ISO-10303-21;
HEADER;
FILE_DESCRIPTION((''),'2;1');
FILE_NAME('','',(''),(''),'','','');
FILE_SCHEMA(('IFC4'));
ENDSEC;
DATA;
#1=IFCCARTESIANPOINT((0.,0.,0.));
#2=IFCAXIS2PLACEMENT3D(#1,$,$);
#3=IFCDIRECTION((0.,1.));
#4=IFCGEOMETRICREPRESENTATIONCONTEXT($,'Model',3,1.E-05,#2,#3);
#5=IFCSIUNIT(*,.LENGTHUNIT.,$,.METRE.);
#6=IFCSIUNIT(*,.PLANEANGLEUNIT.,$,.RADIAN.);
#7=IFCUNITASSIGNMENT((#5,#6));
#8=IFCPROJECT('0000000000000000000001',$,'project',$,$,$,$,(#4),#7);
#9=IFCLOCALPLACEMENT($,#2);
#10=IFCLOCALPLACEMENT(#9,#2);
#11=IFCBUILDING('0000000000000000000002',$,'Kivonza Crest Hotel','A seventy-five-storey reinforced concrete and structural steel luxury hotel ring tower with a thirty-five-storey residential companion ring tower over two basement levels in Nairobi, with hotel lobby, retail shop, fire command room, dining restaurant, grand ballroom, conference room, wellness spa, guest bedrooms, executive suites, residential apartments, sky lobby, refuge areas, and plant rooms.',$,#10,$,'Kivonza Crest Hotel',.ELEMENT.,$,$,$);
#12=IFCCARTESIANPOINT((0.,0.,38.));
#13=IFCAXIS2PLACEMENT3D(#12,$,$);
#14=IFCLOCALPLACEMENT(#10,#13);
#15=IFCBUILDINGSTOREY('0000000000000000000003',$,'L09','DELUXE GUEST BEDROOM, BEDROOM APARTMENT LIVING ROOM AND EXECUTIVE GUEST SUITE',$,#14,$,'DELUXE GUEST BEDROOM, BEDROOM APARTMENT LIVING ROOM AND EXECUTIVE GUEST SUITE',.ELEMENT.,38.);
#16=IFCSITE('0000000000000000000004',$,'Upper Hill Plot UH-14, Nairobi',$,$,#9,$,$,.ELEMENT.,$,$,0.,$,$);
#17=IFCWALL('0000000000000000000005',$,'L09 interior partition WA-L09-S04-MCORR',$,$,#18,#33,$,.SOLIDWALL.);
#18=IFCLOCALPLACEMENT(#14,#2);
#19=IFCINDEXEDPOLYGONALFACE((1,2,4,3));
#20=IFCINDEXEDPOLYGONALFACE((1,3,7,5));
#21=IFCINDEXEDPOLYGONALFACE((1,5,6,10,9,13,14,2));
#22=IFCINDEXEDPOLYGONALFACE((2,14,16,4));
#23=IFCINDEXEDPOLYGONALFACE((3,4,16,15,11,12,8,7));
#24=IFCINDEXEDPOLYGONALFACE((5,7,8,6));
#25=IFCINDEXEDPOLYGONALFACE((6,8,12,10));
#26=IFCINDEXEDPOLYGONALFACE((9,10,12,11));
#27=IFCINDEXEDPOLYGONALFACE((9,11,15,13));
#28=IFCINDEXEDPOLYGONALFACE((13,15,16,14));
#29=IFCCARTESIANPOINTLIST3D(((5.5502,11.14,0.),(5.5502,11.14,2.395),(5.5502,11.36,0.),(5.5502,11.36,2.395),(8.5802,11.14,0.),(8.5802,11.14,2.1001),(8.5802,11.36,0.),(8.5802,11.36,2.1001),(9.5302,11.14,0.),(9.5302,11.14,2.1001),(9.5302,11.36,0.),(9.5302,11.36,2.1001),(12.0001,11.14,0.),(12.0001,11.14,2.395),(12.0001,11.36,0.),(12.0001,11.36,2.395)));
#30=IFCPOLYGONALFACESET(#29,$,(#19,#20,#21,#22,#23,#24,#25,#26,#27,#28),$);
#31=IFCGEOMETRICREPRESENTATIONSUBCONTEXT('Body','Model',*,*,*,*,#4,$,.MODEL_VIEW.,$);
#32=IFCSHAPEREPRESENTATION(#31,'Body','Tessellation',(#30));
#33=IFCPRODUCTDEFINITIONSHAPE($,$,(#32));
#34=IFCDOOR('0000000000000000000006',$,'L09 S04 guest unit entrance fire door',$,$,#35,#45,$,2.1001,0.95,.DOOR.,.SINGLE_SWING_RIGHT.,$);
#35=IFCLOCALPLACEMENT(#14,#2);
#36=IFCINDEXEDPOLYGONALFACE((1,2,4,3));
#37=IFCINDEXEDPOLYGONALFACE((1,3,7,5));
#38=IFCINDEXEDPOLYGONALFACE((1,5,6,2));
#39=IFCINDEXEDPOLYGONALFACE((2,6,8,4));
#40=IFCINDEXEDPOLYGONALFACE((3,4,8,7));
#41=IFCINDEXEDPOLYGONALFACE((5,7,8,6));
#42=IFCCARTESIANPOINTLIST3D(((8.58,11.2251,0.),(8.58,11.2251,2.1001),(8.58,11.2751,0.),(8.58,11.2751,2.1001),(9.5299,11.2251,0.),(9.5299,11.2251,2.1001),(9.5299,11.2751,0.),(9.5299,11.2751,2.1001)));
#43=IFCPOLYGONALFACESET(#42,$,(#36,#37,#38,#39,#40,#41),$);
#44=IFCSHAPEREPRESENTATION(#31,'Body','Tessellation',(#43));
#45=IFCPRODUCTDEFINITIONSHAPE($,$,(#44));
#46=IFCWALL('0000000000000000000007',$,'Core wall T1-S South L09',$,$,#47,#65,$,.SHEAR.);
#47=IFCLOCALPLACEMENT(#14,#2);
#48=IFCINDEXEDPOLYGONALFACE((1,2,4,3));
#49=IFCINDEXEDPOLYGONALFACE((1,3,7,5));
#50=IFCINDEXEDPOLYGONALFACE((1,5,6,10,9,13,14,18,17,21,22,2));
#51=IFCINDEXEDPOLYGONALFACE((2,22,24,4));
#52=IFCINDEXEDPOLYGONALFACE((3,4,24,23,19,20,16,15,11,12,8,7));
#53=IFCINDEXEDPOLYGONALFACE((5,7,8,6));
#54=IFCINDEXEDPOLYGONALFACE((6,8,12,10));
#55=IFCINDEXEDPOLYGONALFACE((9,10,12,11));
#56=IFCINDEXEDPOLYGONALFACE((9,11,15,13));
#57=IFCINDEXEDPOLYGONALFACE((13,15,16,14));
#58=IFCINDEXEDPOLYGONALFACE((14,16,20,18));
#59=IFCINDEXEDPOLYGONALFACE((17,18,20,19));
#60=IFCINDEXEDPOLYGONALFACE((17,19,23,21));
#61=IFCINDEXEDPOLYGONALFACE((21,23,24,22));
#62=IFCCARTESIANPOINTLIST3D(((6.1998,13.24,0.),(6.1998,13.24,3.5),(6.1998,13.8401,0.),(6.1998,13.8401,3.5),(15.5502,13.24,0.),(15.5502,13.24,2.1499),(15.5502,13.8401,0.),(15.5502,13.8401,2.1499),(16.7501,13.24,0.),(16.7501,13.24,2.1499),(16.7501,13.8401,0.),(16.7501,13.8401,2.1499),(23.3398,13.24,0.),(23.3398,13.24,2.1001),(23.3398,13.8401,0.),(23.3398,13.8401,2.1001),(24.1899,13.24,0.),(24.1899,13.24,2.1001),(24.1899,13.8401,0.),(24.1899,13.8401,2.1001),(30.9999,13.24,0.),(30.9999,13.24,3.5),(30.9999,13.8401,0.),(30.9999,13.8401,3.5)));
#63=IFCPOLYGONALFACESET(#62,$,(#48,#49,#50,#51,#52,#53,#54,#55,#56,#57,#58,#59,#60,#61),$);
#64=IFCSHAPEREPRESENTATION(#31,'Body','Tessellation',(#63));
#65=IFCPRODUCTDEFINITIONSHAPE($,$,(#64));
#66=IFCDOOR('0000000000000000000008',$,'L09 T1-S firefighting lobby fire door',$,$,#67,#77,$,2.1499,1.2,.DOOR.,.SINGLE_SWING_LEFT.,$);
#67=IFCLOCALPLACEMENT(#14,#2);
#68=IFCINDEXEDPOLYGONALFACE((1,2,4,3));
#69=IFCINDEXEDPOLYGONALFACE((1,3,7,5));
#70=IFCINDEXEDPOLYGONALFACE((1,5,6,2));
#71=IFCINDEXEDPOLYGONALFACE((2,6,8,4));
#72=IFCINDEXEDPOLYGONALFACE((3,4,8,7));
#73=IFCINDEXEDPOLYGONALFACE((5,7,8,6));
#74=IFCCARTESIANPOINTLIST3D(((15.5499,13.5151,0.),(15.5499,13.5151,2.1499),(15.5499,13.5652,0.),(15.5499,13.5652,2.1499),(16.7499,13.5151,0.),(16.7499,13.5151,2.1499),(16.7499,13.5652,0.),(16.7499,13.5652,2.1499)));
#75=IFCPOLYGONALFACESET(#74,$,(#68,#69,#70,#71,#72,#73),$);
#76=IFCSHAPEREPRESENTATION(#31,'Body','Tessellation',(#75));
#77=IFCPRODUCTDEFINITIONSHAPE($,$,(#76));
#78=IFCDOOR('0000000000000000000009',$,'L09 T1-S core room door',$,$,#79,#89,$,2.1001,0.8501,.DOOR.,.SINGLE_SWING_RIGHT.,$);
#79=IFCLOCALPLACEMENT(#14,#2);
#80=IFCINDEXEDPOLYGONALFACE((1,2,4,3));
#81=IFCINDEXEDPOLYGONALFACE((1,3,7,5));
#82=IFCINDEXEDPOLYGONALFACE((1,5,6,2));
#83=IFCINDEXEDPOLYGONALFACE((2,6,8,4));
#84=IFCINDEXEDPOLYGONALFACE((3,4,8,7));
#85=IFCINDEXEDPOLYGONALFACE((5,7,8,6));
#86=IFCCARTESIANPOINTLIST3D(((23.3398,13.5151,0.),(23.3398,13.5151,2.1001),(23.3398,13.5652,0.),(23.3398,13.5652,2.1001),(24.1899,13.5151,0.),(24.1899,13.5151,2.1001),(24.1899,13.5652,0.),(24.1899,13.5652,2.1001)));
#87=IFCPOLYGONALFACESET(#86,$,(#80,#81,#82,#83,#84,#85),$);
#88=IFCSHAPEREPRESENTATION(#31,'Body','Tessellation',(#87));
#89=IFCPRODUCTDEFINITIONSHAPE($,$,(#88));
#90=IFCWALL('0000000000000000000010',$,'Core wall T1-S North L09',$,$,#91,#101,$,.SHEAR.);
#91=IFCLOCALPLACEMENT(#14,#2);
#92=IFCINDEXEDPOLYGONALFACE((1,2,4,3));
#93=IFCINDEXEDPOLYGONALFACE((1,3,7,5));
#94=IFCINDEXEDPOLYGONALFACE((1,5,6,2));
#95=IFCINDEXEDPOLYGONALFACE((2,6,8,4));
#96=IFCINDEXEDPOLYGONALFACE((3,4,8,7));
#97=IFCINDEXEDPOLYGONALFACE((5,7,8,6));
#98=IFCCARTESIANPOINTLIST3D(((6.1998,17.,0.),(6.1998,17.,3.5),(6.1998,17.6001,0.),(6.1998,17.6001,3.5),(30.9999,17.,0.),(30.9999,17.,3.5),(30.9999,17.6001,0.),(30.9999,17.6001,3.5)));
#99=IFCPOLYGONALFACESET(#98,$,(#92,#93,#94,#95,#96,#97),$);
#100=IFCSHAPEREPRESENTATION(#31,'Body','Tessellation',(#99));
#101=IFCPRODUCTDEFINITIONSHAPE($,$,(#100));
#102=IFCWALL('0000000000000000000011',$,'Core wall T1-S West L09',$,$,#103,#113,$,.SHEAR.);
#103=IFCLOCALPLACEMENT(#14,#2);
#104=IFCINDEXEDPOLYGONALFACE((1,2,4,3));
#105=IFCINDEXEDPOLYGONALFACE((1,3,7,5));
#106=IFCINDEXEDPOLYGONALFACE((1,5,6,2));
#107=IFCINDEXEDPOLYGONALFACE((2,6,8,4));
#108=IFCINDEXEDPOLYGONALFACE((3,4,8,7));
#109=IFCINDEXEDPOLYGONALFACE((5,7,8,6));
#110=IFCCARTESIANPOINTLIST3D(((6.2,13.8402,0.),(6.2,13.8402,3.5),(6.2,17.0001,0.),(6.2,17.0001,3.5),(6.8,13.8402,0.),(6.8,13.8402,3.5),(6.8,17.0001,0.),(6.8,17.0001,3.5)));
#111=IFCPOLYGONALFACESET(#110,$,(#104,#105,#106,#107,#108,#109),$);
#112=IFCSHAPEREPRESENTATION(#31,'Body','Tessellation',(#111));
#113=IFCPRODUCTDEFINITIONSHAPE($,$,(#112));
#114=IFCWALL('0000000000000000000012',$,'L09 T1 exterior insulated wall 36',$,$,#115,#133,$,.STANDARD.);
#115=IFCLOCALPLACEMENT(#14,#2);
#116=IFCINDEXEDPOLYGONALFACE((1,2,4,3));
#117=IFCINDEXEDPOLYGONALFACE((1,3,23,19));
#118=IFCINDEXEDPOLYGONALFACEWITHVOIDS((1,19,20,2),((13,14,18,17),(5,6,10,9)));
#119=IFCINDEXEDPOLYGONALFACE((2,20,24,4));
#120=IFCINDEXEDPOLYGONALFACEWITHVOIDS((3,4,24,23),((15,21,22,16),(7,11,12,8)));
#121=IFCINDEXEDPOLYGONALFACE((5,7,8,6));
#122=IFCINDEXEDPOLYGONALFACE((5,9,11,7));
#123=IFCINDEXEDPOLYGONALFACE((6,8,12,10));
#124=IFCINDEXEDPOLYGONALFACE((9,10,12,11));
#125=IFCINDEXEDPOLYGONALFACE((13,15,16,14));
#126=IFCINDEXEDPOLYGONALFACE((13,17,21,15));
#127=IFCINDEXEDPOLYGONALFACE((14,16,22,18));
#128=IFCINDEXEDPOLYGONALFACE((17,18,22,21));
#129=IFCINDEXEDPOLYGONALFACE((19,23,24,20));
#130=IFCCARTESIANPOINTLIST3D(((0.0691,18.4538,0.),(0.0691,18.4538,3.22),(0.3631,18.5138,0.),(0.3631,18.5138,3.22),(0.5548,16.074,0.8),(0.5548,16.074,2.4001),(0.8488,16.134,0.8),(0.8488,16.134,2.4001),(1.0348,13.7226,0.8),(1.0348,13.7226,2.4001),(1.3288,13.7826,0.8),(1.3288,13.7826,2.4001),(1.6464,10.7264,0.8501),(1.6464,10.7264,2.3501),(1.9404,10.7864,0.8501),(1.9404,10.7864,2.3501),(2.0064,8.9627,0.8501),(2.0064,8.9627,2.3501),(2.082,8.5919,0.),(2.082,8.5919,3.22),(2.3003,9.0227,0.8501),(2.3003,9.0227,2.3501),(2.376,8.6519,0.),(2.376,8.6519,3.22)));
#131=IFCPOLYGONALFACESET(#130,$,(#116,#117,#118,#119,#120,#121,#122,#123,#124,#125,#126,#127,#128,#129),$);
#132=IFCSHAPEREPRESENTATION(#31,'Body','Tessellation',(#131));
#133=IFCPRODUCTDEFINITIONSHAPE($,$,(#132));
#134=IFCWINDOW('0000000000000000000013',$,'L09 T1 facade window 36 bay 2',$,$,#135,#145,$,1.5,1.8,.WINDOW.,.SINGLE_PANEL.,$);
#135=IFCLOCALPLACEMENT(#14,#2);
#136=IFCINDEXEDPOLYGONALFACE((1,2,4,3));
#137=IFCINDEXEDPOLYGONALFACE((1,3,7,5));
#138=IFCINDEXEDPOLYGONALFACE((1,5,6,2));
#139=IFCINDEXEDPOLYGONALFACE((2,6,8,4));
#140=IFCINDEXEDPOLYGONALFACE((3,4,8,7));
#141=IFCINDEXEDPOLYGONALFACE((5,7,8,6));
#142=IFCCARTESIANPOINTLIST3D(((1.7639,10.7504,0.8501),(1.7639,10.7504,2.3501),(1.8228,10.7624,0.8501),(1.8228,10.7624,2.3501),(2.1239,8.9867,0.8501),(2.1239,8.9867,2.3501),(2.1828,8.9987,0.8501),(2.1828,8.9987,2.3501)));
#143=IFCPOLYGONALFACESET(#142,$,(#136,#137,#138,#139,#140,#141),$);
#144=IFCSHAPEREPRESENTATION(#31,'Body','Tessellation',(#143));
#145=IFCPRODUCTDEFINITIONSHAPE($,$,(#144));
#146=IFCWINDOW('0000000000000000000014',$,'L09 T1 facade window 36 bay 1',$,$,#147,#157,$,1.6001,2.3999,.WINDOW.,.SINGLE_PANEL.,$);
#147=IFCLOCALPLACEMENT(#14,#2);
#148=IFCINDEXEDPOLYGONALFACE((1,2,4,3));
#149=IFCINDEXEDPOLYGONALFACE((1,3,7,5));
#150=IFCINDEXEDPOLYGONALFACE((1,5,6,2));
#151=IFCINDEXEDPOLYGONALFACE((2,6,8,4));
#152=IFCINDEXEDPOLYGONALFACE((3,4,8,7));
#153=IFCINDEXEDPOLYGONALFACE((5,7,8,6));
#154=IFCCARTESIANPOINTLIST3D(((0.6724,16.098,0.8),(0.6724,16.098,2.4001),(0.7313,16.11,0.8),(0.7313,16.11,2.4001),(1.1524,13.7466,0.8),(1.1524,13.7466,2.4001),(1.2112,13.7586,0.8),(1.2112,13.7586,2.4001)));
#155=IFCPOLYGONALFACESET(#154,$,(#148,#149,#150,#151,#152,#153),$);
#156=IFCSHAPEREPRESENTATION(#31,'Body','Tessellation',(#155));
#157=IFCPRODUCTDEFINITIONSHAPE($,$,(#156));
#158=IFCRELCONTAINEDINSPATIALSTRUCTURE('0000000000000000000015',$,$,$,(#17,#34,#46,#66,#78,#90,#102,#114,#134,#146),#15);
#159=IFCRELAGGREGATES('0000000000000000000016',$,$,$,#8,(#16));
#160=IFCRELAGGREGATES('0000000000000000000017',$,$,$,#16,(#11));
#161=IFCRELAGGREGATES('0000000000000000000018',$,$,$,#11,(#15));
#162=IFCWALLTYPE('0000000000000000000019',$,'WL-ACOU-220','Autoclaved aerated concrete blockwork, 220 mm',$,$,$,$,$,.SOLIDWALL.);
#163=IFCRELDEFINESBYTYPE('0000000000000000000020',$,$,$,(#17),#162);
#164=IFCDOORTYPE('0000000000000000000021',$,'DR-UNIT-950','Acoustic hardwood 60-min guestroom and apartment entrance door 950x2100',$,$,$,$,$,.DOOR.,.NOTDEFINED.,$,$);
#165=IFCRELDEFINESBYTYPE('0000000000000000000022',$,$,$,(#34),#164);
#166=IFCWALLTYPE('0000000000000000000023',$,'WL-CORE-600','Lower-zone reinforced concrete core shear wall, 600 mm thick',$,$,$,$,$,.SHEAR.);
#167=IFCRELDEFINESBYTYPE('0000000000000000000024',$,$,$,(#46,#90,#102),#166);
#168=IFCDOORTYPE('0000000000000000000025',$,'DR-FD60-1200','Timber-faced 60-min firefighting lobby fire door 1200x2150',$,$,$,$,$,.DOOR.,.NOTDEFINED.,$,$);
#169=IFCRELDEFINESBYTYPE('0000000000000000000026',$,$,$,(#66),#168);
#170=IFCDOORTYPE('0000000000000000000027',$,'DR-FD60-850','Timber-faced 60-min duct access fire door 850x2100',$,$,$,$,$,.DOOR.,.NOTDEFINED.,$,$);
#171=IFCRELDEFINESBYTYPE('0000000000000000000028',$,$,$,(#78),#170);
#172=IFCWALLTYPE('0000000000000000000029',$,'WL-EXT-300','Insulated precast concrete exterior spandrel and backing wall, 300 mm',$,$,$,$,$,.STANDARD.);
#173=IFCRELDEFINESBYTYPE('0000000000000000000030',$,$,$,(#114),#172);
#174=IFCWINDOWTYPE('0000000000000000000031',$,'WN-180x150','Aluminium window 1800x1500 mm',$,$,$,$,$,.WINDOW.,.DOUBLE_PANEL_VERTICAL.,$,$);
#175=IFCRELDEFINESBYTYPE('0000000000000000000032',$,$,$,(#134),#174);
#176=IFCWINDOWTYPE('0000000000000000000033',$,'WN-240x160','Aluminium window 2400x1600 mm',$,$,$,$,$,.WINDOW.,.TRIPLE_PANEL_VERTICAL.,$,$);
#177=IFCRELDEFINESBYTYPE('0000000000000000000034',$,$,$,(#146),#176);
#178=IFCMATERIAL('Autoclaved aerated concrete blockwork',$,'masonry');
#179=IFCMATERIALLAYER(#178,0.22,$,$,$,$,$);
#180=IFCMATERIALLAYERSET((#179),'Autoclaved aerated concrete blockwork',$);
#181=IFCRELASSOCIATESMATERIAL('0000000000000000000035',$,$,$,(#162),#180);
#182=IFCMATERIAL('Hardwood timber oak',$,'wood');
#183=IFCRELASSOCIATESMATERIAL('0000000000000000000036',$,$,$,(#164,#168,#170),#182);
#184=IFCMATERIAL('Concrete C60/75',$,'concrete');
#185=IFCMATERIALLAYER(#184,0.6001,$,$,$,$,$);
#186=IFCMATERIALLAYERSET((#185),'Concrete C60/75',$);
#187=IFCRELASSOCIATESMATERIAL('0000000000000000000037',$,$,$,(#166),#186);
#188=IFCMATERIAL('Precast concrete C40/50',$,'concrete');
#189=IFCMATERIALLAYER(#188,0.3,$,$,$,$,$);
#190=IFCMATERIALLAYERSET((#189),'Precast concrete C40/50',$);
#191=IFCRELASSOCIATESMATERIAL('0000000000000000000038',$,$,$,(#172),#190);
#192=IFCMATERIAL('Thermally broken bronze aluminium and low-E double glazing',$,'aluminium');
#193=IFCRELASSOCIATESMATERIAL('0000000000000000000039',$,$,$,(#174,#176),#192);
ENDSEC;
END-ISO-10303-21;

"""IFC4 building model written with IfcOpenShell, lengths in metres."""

from ifc_helpers import new_model, si_unit, direction, frame, frame_2d, origin, place, context, subcontext, project, spatial, rectangle, extrude, material, layer, layer_set, type_object, element, fill, save


model = new_model("IFC4")

# Units and contexts
model_context = context("Model", 3, precision=1e-05, world=origin(), true_north=direction((0.0, 1.0)))
body_context = subcontext(model_context, "Body", "Model", "MODEL_VIEW")
ifc_project = project(units=[si_unit("LENGTHUNIT", "METRE"), si_unit("PLANEANGLEUNIT", "RADIAN")], contexts=[model_context])

# Site, building, storey
site_placement = place(None, origin())
site = spatial("IfcSite", under=ifc_project, at=site_placement, Name="Upper Hill Plot UH-14, Nairobi", CompositionType="ELEMENT", RefElevation=0.0)
building_placement = place(site_placement, origin())
building = spatial("IfcBuilding", under=site, at=building_placement, Name="Kivonza Crest Hotel", Description="A seventy-five-storey reinforced concrete and structural steel luxury hotel ring tower with a thirty-five-storey residential companion ring tower over two basement levels in Nairobi, with hotel lobby, retail shop, fire command room, dining restaurant, grand ballroom, conference room, wellness spa, guest bedrooms, executive suites, residential apartments, sky lobby, refuge areas, and plant rooms.", LongName="Kivonza Crest Hotel", CompositionType="ELEMENT")
storey_placement = place(building_placement, frame((0.0, 0.0, 38.0)))
storey = spatial("IfcBuildingStorey", under=building, at=storey_placement, Name="L09", Description="DELUXE GUEST BEDROOM, BEDROOM APARTMENT LIVING ROOM AND EXECUTIVE GUEST SUITE", LongName="DELUXE GUEST BEDROOM, BEDROOM APARTMENT LIVING ROOM AND EXECUTIVE GUEST SUITE", CompositionType="ELEMENT", Elevation=38.0)

# Shared definitions
ifc_material_1 = material(Name="Concrete C60/75", Category="concrete")

# Shared definitions
ifc_material_2 = material(Name="Autoclaved aerated concrete blockwork", Category="masonry")
ifc_layer_1 = layer(ifc_material_2, 0.22)
ifc_layer_set_1 = layer_set([ifc_layer_1], Name="Autoclaved aerated concrete blockwork")
wall_type_1 = type_object("IfcWallType", Name="WL-ACOU-220", Description="Autoclaved aerated concrete blockwork, 220 mm", PredefinedType="SOLIDWALL", material=ifc_layer_set_1)

# Wall, opening, door
wall_1_placement = place(storey_placement, frame((5.55, 11.25, 0.0), z_axis=(0.0, 0.0, 1.0), x_axis=(1.0, 0.0, 0.0)))
wall_1 = element("IfcWall", 1, at=wall_1_placement, inside=storey, type_object=wall_type_1, Name="L09 interior partition WA-L09-S04-MCORR", PredefinedType="SOLIDWALL", context=body_context, shape_type="SweptSolid", body=[
    extrude(rectangle(XDim=6.45, YDim=0.22, at=frame_2d((3.2251, 0.0))), origin(), (0.0, 0.0, 1.0), 2.395),
])
opening_1_placement = place(wall_1_placement, frame((3.03, 0.0, 0.0)))
opening_1 = element("IfcOpeningElement", 2, at=opening_1_placement, cuts=wall_1, PredefinedType="OPENING", context=body_context, shape_type="SweptSolid", body=[
    extrude(rectangle(XDim=0.95, YDim=2.1001, at=frame_2d((0.4751, 1.05))), frame((0.0, 0.1201, 0.0), z_axis=(0.0, -1.0, 0.0), x_axis=(1.0, 0.0, 0.0)), (0.0, 0.0, 1.0), 0.24),
])
ifc_material_3 = material(Name="Hardwood timber oak", Category="wood")
door_type_1 = type_object("IfcDoorType", Name="DR-UNIT-950", Description="Acoustic hardwood 60-min guestroom and apartment entrance door 950x2100", OperationType="NOTDEFINED", PredefinedType="DOOR", material=ifc_material_3)
door_1_placement = place(opening_1_placement, frame((0.95, 0.0, 0.0), z_axis=(0.0, 0.0, 1.0), x_axis=(-1.0, 0.0, 0.0)))
door_1 = element("IfcDoor", 3, at=door_1_placement, inside=storey, type_object=door_type_1, Name="L09 S04 guest unit entrance fire door", OperationType="SINGLE_SWING_RIGHT", OverallHeight=2.1001, OverallWidth=0.95, PredefinedType="DOOR", context=body_context, shape_type="SweptSolid", body=[
    extrude(rectangle(XDim=0.95, YDim=2.1001, at=frame_2d((0.4751, 1.05))), frame((0.0, 0.0249, 0.0), z_axis=(0.0, -1.0, 0.0), x_axis=(1.0, 0.0, 0.0)), (0.0, 0.0, 1.0), 0.05),
])
fill(opening_1, door_1)

# Wall, openings, doors
ifc_layer_2 = layer(ifc_material_1, 0.6001)
ifc_layer_set_2 = layer_set([ifc_layer_2], Name="Concrete C60/75")
wall_type_2 = type_object("IfcWallType", Name="WL-CORE-600", Description="Lower-zone reinforced concrete core shear wall, 600 mm thick", PredefinedType="SHEAR", material=ifc_layer_set_2)
wall_2_placement = place(storey_placement, frame((6.2, 13.54, 0.0), z_axis=(0.0, 0.0, 1.0), x_axis=(1.0, 0.0, 0.0)))
wall_2 = element("IfcWall", 4, at=wall_2_placement, inside=storey, type_object=wall_type_2, Name="Core wall T1-S South L09", PredefinedType="SHEAR", context=body_context, shape_type="SweptSolid", body=[
    extrude(rectangle(XDim=24.8, YDim=0.6001, at=frame_2d((12.3999, 0.0))), origin(), (0.0, 0.0, 1.0), 3.5),
])
opening_2_placement = place(wall_2_placement, frame((9.3501, 0.0, 0.0)))
opening_2 = element("IfcOpeningElement", 5, at=opening_2_placement, cuts=wall_2, PredefinedType="OPENING", context=body_context, shape_type="SweptSolid", body=[
    extrude(rectangle(XDim=1.2, YDim=2.1499, at=frame_2d((0.6001, 1.075))), frame((0.0, 0.3101, 0.0), z_axis=(0.0, -1.0, 0.0), x_axis=(1.0, 0.0, 0.0)), (0.0, 0.0, 1.0), 0.6201),
])
opening_3_placement = place(wall_2_placement, frame((17.1399, 0.0, 0.0)))
opening_3 = element("IfcOpeningElement", 6, at=opening_3_placement, cuts=wall_2, PredefinedType="OPENING", context=body_context, shape_type="SweptSolid", body=[
    extrude(rectangle(XDim=0.8501, YDim=2.1001, at=frame_2d((0.425, 1.05))), frame((0.0, 0.3101, 0.0), z_axis=(0.0, -1.0, 0.0), x_axis=(1.0, 0.0, 0.0)), (0.0, 0.0, 1.0), 0.6201),
])
door_type_2 = type_object("IfcDoorType", Name="DR-FD60-1200", Description="Timber-faced 60-min firefighting lobby fire door 1200x2150", OperationType="NOTDEFINED", PredefinedType="DOOR", material=ifc_material_3)
door_2_placement = place(opening_2_placement, frame((1.2, 0.0, 0.0), z_axis=(0.0, 0.0, 1.0), x_axis=(-1.0, 0.0, 0.0)))
door_2 = element("IfcDoor", 7, at=door_2_placement, inside=storey, type_object=door_type_2, Name="L09 T1-S firefighting lobby fire door", OperationType="SINGLE_SWING_LEFT", OverallHeight=2.1499, OverallWidth=1.2, PredefinedType="DOOR", context=body_context, shape_type="SweptSolid", body=[
    extrude(rectangle(XDim=1.2, YDim=2.1499, at=frame_2d((0.6001, 1.075))), frame((0.0, 0.0249, 0.0), z_axis=(0.0, -1.0, 0.0), x_axis=(1.0, 0.0, 0.0)), (0.0, 0.0, 1.0), 0.05),
])
fill(opening_2, door_2)
door_type_3 = type_object("IfcDoorType", Name="DR-FD60-850", Description="Timber-faced 60-min duct access fire door 850x2100", OperationType="NOTDEFINED", PredefinedType="DOOR", material=ifc_material_3)
door_3_placement = place(opening_3_placement, frame((0.8501, 0.0, 0.0), z_axis=(0.0, 0.0, 1.0), x_axis=(-1.0, 0.0, 0.0)))
door_3 = element("IfcDoor", 8, at=door_3_placement, inside=storey, type_object=door_type_3, Name="L09 T1-S core room door", OperationType="SINGLE_SWING_RIGHT", OverallHeight=2.1001, OverallWidth=0.8501, PredefinedType="DOOR", context=body_context, shape_type="SweptSolid", body=[
    extrude(rectangle(XDim=0.8501, YDim=2.1001, at=frame_2d((0.425, 1.05))), frame((0.0, 0.0249, 0.0), z_axis=(0.0, -1.0, 0.0), x_axis=(1.0, 0.0, 0.0)), (0.0, 0.0, 1.0), 0.05),
])
fill(opening_3, door_3)

# Walls
wall_3_placement = place(storey_placement, frame((6.2, 17.3, 0.0), z_axis=(0.0, 0.0, 1.0), x_axis=(1.0, 0.0, 0.0)))
element("IfcWall", 9, at=wall_3_placement, inside=storey, type_object=wall_type_2, Name="Core wall T1-S North L09", PredefinedType="SHEAR", context=body_context, shape_type="SweptSolid", body=[
    extrude(rectangle(XDim=24.8, YDim=0.6001, at=frame_2d((12.3999, 0.0))), origin(), (0.0, 0.0, 1.0), 3.5),
])
wall_4_placement = place(storey_placement, frame((6.5, 13.8401, 0.0), z_axis=(0.0, 0.0, 1.0), x_axis=(0.0, 1.0, 0.0)))
element("IfcWall", 10, at=wall_4_placement, inside=storey, type_object=wall_type_2, Name="Core wall T1-S West L09", PredefinedType="SHEAR", context=body_context, shape_type="SweptSolid", body=[
    extrude(rectangle(XDim=3.1599, YDim=0.6001, at=frame_2d((1.5801, 0.0))), origin(), (0.0, 0.0, 1.0), 3.5),
])

# Wall, openings, windows
ifc_material_4 = material(Name="Precast concrete C40/50", Category="concrete")
ifc_layer_3 = layer(ifc_material_4, 0.3)
ifc_layer_set_3 = layer_set([ifc_layer_3], Name="Precast concrete C40/50")
wall_type_3 = type_object("IfcWallType", Name="WL-EXT-300", Description="Insulated precast concrete exterior spandrel and backing wall, 300 mm", PredefinedType="STANDARD", material=ifc_layer_set_3)
wall_5_placement = place(storey_placement, frame((0.2161, 18.4839, 0.0), z_axis=(0.0, 0.0, 1.0), x_axis=(0.199991, -0.979798, 0.0)))
wall_5 = element("IfcWall", 11, at=wall_5_placement, inside=storey, type_object=wall_type_3, Name="L09 T1 exterior insulated wall 36", PredefinedType="STANDARD", context=body_context, shape_type="SweptSolid", body=[
    extrude(rectangle(XDim=10.0652, YDim=0.3, at=frame_2d((5.0327, 0.0))), origin(), (0.0, 0.0, 1.0), 3.22),
])
opening_4_placement = place(wall_5_placement, frame((2.429, 0.0, 0.8)))
opening_4 = element("IfcOpeningElement", 12, at=opening_4_placement, cuts=wall_5, PredefinedType="OPENING", context=body_context, shape_type="SweptSolid", body=[
    extrude(rectangle(XDim=2.3999, YDim=1.6001, at=frame_2d((1.2, 0.8))), frame((0.0, 0.1602, 0.0), z_axis=(0.0, -1.0, 0.0), x_axis=(1.0, 0.0, 0.0)), (0.0, 0.0, 1.0), 0.3201),
])
opening_5_placement = place(wall_5_placement, frame((7.887, 0.0, 0.8501)))
opening_5 = element("IfcOpeningElement", 13, at=opening_5_placement, cuts=wall_5, PredefinedType="OPENING", context=body_context, shape_type="SweptSolid", body=[
    extrude(rectangle(XDim=1.8, YDim=1.5, at=frame_2d((0.8999, 0.75))), frame((0.0, 0.1602, 0.0), z_axis=(0.0, -1.0, 0.0), x_axis=(1.0, 0.0, 0.0)), (0.0, 0.0, 1.0), 0.3201),
])
ifc_material_5 = material(Name="Thermally broken bronze aluminium and low-E double glazing", Category="aluminium")
window_type_1 = type_object("IfcWindowType", Name="WN-180x150", Description="Aluminium window 1800x1500 mm", PartitioningType="DOUBLE_PANEL_VERTICAL", PredefinedType="WINDOW", material=ifc_material_5)
window_1_placement = place(opening_5_placement, origin())
window_1 = element("IfcWindow", 14, at=window_1_placement, inside=storey, type_object=window_type_1, Name="L09 T1 facade window 36 bay 2", OverallHeight=1.5, OverallWidth=1.8, PartitioningType="SINGLE_PANEL", PredefinedType="WINDOW", context=body_context, shape_type="SweptSolid", body=[
    extrude(rectangle(XDim=1.8, YDim=1.5, at=frame_2d((0.8999, 0.75))), frame((0.0, 0.03, 0.0), z_axis=(0.0, -1.0, 0.0), x_axis=(1.0, 0.0, 0.0)), (0.0, 0.0, 1.0), 0.0601),
])
fill(opening_5, window_1)
window_type_2 = type_object("IfcWindowType", Name="WN-240x160", Description="Aluminium window 2400x1600 mm", PartitioningType="TRIPLE_PANEL_VERTICAL", PredefinedType="WINDOW", material=ifc_material_5)
window_2_placement = place(opening_4_placement, origin())
window_2 = element("IfcWindow", 15, at=window_2_placement, inside=storey, type_object=window_type_2, Name="L09 T1 facade window 36 bay 1", OverallHeight=1.6001, OverallWidth=2.3999, PartitioningType="SINGLE_PANEL", PredefinedType="WINDOW", context=body_context, shape_type="SweptSolid", body=[
    extrude(rectangle(XDim=2.3999, YDim=1.6001, at=frame_2d((1.2, 0.8))), frame((0.0, 0.03, 0.0), z_axis=(0.0, -1.0, 0.0), x_axis=(1.0, 0.0, 0.0)), (0.0, 0.0, 1.0), 0.0601),
])
fill(opening_4, window_2)

save(model, "model.ifc")
